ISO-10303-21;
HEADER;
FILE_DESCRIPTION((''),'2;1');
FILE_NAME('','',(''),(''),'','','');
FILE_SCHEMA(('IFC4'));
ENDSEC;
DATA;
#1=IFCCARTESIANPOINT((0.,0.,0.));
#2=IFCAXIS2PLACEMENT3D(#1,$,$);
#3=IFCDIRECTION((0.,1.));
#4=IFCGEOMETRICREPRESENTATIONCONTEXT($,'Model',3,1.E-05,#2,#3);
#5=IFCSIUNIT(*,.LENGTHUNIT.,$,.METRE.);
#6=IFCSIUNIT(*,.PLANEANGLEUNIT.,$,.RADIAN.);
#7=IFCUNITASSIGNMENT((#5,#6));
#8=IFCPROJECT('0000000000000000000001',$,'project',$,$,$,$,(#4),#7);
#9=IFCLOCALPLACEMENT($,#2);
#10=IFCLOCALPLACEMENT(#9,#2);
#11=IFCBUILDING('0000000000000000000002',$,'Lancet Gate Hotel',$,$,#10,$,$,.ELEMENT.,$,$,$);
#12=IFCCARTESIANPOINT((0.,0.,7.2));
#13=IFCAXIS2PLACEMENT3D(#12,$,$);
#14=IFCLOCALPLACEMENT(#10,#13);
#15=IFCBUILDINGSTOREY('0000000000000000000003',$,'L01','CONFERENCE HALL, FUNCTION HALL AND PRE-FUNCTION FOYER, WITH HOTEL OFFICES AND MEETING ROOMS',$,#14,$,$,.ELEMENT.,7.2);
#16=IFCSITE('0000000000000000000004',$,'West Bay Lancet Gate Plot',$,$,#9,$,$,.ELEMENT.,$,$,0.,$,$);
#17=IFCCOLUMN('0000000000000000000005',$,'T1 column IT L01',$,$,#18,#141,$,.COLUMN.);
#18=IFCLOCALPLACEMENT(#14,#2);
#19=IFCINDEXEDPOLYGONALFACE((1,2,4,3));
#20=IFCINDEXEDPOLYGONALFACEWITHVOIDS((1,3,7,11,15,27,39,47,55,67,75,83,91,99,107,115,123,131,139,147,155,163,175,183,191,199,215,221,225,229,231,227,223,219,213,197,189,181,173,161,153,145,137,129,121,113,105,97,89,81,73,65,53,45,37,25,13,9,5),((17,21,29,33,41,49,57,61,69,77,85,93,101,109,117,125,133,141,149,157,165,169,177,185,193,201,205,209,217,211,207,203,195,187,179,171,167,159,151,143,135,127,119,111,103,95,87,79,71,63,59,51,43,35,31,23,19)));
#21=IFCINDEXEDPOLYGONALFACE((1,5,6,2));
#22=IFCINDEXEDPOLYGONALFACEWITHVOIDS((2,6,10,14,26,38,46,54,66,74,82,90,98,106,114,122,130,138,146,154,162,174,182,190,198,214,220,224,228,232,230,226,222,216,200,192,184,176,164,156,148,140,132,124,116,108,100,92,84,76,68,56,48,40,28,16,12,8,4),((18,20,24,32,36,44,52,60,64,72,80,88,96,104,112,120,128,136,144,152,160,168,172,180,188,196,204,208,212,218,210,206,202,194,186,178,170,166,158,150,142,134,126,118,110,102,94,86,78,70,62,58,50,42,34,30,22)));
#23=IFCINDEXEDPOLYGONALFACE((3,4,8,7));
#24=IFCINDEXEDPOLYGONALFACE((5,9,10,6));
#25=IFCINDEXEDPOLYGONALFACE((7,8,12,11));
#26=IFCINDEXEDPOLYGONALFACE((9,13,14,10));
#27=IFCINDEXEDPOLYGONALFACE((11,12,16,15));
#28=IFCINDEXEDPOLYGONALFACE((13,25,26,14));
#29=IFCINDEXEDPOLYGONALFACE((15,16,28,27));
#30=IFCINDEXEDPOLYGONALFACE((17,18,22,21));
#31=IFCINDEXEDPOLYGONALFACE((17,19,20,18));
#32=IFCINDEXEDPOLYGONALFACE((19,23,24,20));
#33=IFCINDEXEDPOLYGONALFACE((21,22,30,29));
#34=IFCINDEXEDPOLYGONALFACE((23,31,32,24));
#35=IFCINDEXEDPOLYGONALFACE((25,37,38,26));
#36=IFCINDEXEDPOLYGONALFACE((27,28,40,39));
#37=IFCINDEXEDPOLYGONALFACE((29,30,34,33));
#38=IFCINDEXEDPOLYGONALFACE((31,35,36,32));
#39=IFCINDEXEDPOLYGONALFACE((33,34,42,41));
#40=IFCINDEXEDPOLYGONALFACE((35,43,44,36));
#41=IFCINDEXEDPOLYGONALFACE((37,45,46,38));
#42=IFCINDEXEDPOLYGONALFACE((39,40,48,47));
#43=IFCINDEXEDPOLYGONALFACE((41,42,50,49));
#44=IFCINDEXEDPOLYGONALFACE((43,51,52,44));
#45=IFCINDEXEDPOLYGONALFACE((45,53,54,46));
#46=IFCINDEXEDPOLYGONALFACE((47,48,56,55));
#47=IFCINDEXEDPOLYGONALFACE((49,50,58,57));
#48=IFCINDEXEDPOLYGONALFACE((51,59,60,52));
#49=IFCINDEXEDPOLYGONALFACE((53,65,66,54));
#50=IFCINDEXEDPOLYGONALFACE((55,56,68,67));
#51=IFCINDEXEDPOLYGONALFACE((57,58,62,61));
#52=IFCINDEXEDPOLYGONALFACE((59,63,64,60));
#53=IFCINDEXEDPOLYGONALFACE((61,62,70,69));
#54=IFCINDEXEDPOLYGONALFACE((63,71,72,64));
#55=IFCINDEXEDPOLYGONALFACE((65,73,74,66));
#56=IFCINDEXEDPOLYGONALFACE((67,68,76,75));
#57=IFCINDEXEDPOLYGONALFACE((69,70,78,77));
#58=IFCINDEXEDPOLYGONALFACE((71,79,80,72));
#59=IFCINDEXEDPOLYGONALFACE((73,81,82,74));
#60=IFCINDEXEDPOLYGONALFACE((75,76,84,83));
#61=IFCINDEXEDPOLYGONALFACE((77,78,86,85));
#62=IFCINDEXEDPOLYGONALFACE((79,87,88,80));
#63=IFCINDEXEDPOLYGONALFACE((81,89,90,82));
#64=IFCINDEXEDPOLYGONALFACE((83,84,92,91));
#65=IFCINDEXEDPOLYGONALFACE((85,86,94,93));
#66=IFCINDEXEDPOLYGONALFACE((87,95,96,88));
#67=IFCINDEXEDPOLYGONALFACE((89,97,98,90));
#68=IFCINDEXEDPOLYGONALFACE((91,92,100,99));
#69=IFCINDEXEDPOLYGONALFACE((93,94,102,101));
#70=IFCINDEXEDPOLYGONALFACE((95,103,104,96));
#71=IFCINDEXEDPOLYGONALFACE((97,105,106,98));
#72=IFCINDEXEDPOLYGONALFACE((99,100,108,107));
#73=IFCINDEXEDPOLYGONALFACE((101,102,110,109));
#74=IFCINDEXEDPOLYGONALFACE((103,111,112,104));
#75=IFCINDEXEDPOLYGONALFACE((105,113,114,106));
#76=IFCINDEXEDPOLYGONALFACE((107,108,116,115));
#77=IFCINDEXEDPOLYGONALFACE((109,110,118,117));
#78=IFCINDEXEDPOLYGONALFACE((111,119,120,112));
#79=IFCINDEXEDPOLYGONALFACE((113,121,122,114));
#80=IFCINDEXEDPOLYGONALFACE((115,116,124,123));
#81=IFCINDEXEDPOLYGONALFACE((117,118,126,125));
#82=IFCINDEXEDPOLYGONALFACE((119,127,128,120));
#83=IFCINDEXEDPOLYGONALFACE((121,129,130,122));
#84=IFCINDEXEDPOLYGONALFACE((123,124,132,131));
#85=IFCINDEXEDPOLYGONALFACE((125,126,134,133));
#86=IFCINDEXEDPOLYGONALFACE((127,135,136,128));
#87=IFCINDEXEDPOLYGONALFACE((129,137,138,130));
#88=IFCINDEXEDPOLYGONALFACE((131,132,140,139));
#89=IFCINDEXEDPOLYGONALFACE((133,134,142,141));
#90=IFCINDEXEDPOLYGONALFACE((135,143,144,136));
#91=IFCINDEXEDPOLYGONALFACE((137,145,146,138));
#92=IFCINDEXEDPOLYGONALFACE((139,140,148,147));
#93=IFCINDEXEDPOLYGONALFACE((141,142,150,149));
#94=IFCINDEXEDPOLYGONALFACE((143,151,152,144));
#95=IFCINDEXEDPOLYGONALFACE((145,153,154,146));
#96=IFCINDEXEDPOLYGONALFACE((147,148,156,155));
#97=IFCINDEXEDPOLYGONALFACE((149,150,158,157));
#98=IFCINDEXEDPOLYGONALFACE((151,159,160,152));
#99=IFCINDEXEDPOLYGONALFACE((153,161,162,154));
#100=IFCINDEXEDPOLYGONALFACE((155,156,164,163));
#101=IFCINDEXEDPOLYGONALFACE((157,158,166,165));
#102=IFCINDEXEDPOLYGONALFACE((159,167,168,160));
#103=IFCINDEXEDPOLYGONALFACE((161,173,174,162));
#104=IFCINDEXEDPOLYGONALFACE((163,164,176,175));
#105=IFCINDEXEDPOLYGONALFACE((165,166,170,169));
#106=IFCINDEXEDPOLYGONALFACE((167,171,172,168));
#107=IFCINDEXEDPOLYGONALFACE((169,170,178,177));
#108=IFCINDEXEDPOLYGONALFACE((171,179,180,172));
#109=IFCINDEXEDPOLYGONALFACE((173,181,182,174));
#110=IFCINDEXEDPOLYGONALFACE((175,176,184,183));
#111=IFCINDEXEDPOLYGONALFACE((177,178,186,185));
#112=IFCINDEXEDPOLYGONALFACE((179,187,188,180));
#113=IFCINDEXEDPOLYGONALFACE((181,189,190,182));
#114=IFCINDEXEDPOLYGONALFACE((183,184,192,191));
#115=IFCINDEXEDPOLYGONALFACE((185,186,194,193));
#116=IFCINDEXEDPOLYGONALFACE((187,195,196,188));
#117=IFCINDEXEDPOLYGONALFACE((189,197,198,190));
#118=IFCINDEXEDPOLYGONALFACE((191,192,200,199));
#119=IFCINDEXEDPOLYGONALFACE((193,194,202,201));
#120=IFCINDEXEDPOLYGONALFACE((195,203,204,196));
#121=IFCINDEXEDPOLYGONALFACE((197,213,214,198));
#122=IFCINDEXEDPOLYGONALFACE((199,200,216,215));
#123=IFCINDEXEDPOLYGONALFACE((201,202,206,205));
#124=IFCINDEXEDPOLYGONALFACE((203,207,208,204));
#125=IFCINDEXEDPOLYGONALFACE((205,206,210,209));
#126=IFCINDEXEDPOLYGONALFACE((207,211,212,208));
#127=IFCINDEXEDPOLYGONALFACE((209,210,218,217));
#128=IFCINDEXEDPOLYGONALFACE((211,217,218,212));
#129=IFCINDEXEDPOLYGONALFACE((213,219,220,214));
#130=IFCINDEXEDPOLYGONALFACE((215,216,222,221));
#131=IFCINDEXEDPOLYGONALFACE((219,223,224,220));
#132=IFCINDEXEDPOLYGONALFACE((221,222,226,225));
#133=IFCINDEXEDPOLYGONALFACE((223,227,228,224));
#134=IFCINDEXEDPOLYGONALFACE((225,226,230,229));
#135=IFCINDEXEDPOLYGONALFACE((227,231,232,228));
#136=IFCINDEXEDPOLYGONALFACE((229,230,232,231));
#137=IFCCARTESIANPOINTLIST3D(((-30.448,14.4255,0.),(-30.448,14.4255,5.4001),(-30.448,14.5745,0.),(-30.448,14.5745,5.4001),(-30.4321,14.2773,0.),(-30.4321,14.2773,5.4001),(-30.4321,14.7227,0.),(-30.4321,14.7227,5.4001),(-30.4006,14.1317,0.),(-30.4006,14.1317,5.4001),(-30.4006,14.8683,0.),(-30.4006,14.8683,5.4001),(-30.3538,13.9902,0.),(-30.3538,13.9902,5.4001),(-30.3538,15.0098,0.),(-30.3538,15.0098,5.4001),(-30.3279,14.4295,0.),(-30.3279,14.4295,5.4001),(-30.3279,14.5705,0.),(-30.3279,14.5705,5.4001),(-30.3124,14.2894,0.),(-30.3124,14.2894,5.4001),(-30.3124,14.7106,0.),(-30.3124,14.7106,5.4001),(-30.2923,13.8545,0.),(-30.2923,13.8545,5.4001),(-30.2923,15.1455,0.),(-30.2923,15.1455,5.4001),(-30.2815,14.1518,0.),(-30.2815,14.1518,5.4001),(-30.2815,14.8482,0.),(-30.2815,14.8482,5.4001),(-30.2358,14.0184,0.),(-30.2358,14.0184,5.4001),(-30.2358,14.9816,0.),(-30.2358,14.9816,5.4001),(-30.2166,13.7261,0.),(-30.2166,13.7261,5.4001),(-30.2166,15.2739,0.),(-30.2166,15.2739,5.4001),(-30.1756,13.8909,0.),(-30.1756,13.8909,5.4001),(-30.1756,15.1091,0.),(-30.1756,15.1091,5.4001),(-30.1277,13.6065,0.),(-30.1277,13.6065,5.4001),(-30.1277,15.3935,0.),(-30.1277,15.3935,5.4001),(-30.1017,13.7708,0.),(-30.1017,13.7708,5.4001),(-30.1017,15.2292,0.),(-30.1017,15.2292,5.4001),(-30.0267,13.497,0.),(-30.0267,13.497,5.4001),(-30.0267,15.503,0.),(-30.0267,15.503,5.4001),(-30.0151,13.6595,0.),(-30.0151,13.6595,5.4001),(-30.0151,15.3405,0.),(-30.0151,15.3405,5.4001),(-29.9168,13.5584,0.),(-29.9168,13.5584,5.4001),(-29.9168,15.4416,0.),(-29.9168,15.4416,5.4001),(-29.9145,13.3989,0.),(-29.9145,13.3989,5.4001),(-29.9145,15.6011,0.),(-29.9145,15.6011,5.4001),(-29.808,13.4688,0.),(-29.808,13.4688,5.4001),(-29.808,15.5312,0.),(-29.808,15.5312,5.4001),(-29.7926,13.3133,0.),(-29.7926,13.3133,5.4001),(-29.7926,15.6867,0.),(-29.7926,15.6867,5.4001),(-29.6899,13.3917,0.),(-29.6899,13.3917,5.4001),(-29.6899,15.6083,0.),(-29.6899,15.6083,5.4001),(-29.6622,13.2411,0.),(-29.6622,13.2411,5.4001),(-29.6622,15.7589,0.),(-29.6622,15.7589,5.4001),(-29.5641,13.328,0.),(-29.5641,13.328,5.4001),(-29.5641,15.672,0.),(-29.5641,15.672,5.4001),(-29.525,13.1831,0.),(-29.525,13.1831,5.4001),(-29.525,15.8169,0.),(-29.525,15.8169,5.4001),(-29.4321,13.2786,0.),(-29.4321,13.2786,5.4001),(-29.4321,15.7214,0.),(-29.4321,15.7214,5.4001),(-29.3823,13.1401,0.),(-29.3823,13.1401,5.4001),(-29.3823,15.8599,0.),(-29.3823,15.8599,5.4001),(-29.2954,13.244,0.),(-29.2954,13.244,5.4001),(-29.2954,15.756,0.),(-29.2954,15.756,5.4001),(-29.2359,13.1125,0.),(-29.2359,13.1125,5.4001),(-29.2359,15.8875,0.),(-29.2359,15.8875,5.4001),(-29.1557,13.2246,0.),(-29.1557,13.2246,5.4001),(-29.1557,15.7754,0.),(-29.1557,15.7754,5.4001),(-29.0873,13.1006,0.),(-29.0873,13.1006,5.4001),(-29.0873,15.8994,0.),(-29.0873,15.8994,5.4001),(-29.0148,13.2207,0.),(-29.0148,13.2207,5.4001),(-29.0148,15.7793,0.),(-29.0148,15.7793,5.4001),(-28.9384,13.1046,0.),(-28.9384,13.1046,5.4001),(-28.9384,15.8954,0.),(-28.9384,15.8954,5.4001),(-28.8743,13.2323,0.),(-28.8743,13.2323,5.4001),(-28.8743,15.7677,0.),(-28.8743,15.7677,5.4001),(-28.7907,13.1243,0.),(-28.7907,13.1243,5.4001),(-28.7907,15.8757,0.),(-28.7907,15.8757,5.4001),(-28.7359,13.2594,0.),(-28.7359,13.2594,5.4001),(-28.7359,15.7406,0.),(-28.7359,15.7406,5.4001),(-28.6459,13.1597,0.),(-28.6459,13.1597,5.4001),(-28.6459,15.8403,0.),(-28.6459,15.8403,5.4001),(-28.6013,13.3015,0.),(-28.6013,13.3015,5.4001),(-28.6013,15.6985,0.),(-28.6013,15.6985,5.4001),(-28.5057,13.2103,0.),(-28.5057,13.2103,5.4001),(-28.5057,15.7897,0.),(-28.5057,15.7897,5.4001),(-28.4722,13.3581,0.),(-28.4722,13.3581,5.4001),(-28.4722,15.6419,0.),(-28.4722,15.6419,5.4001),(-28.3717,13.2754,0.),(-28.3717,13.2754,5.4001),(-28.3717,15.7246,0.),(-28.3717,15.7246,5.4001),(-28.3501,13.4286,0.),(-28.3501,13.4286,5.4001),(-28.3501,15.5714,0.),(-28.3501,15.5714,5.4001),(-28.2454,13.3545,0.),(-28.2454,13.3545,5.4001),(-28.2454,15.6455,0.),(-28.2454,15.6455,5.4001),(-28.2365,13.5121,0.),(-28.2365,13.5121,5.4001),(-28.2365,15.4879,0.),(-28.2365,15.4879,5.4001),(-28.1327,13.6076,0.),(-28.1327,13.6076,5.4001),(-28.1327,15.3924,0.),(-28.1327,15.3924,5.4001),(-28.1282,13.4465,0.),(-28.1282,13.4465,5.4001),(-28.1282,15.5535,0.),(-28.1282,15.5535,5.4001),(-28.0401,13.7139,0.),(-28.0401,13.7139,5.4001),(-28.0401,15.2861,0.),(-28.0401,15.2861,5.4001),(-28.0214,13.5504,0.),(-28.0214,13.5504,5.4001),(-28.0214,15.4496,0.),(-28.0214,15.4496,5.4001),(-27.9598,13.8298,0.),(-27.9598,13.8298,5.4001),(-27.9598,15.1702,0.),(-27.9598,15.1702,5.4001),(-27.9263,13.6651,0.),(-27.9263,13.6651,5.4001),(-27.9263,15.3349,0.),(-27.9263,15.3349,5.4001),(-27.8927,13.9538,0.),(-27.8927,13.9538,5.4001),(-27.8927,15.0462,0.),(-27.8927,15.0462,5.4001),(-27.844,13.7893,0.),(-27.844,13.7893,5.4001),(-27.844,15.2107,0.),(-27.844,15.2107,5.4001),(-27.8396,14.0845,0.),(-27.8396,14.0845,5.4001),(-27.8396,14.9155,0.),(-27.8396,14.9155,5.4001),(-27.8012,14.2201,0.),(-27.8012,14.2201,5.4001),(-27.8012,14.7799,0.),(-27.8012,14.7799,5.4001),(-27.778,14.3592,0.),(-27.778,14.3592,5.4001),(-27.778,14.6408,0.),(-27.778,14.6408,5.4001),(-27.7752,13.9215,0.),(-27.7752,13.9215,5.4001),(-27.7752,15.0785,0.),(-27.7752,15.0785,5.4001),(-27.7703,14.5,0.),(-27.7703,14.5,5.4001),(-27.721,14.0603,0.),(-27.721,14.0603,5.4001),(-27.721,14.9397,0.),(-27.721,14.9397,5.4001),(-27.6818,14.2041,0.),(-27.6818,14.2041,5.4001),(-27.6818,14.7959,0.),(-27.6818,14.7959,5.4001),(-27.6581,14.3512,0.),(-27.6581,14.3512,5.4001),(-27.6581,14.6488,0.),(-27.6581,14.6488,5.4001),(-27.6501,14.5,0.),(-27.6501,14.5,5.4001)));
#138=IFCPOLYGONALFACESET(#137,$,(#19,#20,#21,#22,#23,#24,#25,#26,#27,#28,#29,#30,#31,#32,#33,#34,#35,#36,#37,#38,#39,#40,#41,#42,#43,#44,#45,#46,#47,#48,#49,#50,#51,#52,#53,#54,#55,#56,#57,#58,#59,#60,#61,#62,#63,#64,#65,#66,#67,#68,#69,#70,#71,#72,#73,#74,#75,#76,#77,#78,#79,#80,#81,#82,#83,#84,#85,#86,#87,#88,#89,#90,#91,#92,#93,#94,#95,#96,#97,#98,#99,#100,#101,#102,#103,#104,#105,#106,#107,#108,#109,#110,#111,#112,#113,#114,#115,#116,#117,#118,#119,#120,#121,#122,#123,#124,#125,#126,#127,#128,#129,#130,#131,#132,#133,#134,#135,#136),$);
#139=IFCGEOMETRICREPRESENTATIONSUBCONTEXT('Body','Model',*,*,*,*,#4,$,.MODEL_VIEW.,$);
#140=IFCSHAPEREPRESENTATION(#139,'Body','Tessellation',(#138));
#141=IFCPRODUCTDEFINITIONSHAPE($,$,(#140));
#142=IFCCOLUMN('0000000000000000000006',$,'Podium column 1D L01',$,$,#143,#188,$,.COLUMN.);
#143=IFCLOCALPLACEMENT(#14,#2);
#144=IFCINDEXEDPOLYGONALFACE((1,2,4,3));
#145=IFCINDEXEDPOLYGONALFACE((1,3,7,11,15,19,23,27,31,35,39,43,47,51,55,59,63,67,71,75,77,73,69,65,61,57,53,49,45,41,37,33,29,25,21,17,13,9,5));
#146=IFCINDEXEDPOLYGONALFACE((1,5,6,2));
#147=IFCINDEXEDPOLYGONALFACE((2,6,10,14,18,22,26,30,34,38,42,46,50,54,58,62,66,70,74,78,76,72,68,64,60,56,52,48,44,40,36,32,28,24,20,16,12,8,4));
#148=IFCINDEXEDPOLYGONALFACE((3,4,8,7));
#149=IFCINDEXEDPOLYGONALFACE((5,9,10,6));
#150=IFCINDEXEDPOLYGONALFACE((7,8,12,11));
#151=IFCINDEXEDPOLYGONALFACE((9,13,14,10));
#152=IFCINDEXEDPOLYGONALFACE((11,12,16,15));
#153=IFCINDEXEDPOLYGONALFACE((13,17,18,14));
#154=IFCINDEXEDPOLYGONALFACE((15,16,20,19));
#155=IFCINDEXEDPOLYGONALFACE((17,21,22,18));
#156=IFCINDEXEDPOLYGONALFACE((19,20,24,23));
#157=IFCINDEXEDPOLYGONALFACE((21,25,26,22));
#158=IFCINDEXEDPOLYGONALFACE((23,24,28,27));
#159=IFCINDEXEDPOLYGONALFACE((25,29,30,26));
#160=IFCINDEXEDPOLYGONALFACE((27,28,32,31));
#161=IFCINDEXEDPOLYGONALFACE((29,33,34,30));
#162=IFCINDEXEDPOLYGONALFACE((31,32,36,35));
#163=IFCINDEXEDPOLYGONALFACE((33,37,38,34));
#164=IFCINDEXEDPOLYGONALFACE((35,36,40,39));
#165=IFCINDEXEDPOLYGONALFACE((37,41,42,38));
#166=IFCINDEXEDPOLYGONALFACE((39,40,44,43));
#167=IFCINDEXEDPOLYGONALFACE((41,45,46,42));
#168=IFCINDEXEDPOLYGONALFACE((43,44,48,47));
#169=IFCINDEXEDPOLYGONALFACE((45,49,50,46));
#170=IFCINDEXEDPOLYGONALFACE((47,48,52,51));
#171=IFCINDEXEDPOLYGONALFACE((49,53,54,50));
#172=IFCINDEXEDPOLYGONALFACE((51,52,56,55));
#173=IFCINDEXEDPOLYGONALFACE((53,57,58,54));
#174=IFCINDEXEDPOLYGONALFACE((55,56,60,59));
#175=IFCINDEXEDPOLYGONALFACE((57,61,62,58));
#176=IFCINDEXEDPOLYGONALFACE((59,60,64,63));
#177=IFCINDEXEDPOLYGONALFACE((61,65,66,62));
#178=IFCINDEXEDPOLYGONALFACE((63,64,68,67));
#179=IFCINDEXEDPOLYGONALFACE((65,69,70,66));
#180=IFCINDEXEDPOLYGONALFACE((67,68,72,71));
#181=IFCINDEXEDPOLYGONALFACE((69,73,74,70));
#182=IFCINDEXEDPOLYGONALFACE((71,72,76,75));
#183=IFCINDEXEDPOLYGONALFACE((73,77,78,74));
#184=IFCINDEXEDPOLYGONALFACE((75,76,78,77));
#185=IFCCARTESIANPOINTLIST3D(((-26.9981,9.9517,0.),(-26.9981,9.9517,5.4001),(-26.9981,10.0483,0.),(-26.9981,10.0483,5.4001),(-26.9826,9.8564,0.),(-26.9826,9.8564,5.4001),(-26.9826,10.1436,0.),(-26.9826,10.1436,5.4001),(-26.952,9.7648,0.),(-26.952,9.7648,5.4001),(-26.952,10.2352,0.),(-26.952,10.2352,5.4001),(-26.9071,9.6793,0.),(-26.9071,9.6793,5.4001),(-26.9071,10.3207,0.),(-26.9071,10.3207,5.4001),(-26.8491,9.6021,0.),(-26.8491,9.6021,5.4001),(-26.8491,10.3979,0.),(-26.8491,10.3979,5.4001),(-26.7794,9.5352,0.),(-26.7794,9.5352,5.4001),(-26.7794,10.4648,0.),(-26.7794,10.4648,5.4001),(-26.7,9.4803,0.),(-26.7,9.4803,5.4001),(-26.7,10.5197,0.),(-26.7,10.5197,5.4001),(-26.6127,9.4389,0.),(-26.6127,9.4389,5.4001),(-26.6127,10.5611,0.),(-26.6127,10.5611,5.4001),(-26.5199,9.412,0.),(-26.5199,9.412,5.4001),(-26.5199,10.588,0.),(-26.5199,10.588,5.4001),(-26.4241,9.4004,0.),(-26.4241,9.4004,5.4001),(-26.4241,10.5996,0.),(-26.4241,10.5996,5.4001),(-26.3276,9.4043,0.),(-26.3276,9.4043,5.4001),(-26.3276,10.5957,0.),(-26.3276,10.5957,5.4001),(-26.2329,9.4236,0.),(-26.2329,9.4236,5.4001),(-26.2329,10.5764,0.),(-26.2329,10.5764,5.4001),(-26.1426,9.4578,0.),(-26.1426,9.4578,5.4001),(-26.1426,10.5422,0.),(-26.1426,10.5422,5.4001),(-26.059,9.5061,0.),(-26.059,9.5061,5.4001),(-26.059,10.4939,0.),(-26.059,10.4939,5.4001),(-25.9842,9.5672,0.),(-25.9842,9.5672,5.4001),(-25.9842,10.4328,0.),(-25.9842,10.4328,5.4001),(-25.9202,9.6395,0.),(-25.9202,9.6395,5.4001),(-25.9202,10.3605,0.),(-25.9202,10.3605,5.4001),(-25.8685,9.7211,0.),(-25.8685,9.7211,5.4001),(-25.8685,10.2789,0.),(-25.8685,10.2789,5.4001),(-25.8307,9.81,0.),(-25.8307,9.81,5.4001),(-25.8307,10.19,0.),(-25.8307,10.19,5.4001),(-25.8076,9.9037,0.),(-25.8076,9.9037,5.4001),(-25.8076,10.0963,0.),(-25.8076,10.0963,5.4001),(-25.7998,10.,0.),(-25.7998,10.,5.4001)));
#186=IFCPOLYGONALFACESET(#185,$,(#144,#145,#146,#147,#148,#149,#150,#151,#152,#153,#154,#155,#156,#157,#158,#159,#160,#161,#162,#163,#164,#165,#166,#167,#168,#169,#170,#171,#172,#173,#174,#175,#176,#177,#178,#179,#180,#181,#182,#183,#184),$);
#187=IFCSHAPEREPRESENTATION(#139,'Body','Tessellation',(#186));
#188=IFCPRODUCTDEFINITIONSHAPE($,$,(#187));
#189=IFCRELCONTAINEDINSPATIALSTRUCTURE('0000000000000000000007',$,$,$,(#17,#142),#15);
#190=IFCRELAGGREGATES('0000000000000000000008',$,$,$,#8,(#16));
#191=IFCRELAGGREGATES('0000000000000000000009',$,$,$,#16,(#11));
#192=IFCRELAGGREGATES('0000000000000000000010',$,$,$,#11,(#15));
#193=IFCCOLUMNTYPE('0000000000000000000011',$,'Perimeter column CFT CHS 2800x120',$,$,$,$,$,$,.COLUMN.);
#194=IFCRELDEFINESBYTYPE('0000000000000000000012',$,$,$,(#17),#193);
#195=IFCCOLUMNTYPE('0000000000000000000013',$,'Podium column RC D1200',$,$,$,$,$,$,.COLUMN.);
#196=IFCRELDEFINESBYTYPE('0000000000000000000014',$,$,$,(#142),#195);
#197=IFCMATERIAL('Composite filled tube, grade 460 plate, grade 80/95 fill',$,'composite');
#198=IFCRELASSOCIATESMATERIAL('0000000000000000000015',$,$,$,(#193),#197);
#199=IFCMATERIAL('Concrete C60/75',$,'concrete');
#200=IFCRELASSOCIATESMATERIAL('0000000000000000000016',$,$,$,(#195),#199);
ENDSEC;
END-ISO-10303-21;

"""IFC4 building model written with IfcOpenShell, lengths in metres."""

from ifc_helpers import new_model, si_unit, direction, frame, origin, origin_2d, place, context, subcontext, project, spatial, circle, hollow_circle, extrude, material, material_profile, profile_set, type_object, element, save


model = new_model("IFC4")

# Units and contexts
model_context = context("Model", 3, precision=1e-05, world=origin(), true_north=direction((0.0, 1.0)))
body_context = subcontext(model_context, "Body", "Model", "MODEL_VIEW")
ifc_project = project(units=[si_unit("LENGTHUNIT", "METRE"), si_unit("PLANEANGLEUNIT", "RADIAN")], contexts=[model_context])

# Site, building, storey
site_placement = place(None, origin())
site = spatial("IfcSite", under=ifc_project, at=site_placement, Name="West Bay Lancet Gate Plot", CompositionType="ELEMENT", RefElevation=0.0)
building_placement = place(site_placement, origin())
building = spatial("IfcBuilding", under=site, at=building_placement, Name="Lancet Gate Hotel", CompositionType="ELEMENT")
storey_placement = place(building_placement, frame((0.0, 0.0, 7.2)))
storey = spatial("IfcBuildingStorey", under=building, at=storey_placement, Name="L01", Description="CONFERENCE HALL, FUNCTION HALL AND PRE-FUNCTION FOYER, WITH HOTEL OFFICES AND MEETING ROOMS", CompositionType="ELEMENT", Elevation=7.2)

# Columns
ifc_material_1 = material(Name="Composite filled tube, grade 460 plate, grade 80/95 fill", Category="composite")
ifc_material_profile_1 = material_profile(ifc_material_1, hollow_circle(Radius=1.3999, WallThickness=0.1201, at=origin_2d()), Name="CHS 2800x120")
ifc_profile_set_1 = profile_set([ifc_material_profile_1], Name="Composite filled tube, grade 460 plate, grade 80/95 fill")
column_type_1 = type_object("IfcColumnType", Name="Perimeter column CFT CHS 2800x120", PredefinedType="COLUMN", material=ifc_profile_set_1)
for number, where, z_axis, x_axis, name in (
    (1, (-29.05, 14.5, 0.0), (0.0, 0.0, 1.0), (1.0, 0.0, 0.0), "T1 column IT L01"),
):
    element("IfcColumn", number, at=place(storey_placement, frame(where, z_axis=z_axis, x_axis=x_axis)), inside=storey, type_object=column_type_1, Name=name, PredefinedType="COLUMN", context=body_context, shape_type="SweptSolid", body=[
        extrude(hollow_circle(Radius=1.3999, WallThickness=0.1201, at=origin_2d()), origin(), (0.0, 0.0, 1.0), 5.4001),
    ])
ifc_material_2 = material(Name="Concrete C60/75", Category="concrete")
ifc_material_profile_2 = material_profile(ifc_material_2, circle(Radius=0.6001, at=origin_2d()), Name="RC D1200")
ifc_profile_set_2 = profile_set([ifc_material_profile_2], Name="Concrete C60/75")
column_type_2 = type_object("IfcColumnType", Name="Podium column RC D1200", PredefinedType="COLUMN", material=ifc_profile_set_2)
for number, where, z_axis, x_axis, name in (
    (2, (-26.3999, 10.0, 0.0), (0.0, 0.0, 1.0), (1.0, 0.0, 0.0), "Podium column 1D L01"),
):
    element("IfcColumn", number, at=place(storey_placement, frame(where, z_axis=z_axis, x_axis=x_axis)), inside=storey, type_object=column_type_2, Name=name, PredefinedType="COLUMN", context=body_context, shape_type="SweptSolid", body=[
        extrude(circle(Radius=0.6001, at=origin_2d()), origin(), (0.0, 0.0, 1.0), 5.4001),
    ])

save(model, "model.ifc")
